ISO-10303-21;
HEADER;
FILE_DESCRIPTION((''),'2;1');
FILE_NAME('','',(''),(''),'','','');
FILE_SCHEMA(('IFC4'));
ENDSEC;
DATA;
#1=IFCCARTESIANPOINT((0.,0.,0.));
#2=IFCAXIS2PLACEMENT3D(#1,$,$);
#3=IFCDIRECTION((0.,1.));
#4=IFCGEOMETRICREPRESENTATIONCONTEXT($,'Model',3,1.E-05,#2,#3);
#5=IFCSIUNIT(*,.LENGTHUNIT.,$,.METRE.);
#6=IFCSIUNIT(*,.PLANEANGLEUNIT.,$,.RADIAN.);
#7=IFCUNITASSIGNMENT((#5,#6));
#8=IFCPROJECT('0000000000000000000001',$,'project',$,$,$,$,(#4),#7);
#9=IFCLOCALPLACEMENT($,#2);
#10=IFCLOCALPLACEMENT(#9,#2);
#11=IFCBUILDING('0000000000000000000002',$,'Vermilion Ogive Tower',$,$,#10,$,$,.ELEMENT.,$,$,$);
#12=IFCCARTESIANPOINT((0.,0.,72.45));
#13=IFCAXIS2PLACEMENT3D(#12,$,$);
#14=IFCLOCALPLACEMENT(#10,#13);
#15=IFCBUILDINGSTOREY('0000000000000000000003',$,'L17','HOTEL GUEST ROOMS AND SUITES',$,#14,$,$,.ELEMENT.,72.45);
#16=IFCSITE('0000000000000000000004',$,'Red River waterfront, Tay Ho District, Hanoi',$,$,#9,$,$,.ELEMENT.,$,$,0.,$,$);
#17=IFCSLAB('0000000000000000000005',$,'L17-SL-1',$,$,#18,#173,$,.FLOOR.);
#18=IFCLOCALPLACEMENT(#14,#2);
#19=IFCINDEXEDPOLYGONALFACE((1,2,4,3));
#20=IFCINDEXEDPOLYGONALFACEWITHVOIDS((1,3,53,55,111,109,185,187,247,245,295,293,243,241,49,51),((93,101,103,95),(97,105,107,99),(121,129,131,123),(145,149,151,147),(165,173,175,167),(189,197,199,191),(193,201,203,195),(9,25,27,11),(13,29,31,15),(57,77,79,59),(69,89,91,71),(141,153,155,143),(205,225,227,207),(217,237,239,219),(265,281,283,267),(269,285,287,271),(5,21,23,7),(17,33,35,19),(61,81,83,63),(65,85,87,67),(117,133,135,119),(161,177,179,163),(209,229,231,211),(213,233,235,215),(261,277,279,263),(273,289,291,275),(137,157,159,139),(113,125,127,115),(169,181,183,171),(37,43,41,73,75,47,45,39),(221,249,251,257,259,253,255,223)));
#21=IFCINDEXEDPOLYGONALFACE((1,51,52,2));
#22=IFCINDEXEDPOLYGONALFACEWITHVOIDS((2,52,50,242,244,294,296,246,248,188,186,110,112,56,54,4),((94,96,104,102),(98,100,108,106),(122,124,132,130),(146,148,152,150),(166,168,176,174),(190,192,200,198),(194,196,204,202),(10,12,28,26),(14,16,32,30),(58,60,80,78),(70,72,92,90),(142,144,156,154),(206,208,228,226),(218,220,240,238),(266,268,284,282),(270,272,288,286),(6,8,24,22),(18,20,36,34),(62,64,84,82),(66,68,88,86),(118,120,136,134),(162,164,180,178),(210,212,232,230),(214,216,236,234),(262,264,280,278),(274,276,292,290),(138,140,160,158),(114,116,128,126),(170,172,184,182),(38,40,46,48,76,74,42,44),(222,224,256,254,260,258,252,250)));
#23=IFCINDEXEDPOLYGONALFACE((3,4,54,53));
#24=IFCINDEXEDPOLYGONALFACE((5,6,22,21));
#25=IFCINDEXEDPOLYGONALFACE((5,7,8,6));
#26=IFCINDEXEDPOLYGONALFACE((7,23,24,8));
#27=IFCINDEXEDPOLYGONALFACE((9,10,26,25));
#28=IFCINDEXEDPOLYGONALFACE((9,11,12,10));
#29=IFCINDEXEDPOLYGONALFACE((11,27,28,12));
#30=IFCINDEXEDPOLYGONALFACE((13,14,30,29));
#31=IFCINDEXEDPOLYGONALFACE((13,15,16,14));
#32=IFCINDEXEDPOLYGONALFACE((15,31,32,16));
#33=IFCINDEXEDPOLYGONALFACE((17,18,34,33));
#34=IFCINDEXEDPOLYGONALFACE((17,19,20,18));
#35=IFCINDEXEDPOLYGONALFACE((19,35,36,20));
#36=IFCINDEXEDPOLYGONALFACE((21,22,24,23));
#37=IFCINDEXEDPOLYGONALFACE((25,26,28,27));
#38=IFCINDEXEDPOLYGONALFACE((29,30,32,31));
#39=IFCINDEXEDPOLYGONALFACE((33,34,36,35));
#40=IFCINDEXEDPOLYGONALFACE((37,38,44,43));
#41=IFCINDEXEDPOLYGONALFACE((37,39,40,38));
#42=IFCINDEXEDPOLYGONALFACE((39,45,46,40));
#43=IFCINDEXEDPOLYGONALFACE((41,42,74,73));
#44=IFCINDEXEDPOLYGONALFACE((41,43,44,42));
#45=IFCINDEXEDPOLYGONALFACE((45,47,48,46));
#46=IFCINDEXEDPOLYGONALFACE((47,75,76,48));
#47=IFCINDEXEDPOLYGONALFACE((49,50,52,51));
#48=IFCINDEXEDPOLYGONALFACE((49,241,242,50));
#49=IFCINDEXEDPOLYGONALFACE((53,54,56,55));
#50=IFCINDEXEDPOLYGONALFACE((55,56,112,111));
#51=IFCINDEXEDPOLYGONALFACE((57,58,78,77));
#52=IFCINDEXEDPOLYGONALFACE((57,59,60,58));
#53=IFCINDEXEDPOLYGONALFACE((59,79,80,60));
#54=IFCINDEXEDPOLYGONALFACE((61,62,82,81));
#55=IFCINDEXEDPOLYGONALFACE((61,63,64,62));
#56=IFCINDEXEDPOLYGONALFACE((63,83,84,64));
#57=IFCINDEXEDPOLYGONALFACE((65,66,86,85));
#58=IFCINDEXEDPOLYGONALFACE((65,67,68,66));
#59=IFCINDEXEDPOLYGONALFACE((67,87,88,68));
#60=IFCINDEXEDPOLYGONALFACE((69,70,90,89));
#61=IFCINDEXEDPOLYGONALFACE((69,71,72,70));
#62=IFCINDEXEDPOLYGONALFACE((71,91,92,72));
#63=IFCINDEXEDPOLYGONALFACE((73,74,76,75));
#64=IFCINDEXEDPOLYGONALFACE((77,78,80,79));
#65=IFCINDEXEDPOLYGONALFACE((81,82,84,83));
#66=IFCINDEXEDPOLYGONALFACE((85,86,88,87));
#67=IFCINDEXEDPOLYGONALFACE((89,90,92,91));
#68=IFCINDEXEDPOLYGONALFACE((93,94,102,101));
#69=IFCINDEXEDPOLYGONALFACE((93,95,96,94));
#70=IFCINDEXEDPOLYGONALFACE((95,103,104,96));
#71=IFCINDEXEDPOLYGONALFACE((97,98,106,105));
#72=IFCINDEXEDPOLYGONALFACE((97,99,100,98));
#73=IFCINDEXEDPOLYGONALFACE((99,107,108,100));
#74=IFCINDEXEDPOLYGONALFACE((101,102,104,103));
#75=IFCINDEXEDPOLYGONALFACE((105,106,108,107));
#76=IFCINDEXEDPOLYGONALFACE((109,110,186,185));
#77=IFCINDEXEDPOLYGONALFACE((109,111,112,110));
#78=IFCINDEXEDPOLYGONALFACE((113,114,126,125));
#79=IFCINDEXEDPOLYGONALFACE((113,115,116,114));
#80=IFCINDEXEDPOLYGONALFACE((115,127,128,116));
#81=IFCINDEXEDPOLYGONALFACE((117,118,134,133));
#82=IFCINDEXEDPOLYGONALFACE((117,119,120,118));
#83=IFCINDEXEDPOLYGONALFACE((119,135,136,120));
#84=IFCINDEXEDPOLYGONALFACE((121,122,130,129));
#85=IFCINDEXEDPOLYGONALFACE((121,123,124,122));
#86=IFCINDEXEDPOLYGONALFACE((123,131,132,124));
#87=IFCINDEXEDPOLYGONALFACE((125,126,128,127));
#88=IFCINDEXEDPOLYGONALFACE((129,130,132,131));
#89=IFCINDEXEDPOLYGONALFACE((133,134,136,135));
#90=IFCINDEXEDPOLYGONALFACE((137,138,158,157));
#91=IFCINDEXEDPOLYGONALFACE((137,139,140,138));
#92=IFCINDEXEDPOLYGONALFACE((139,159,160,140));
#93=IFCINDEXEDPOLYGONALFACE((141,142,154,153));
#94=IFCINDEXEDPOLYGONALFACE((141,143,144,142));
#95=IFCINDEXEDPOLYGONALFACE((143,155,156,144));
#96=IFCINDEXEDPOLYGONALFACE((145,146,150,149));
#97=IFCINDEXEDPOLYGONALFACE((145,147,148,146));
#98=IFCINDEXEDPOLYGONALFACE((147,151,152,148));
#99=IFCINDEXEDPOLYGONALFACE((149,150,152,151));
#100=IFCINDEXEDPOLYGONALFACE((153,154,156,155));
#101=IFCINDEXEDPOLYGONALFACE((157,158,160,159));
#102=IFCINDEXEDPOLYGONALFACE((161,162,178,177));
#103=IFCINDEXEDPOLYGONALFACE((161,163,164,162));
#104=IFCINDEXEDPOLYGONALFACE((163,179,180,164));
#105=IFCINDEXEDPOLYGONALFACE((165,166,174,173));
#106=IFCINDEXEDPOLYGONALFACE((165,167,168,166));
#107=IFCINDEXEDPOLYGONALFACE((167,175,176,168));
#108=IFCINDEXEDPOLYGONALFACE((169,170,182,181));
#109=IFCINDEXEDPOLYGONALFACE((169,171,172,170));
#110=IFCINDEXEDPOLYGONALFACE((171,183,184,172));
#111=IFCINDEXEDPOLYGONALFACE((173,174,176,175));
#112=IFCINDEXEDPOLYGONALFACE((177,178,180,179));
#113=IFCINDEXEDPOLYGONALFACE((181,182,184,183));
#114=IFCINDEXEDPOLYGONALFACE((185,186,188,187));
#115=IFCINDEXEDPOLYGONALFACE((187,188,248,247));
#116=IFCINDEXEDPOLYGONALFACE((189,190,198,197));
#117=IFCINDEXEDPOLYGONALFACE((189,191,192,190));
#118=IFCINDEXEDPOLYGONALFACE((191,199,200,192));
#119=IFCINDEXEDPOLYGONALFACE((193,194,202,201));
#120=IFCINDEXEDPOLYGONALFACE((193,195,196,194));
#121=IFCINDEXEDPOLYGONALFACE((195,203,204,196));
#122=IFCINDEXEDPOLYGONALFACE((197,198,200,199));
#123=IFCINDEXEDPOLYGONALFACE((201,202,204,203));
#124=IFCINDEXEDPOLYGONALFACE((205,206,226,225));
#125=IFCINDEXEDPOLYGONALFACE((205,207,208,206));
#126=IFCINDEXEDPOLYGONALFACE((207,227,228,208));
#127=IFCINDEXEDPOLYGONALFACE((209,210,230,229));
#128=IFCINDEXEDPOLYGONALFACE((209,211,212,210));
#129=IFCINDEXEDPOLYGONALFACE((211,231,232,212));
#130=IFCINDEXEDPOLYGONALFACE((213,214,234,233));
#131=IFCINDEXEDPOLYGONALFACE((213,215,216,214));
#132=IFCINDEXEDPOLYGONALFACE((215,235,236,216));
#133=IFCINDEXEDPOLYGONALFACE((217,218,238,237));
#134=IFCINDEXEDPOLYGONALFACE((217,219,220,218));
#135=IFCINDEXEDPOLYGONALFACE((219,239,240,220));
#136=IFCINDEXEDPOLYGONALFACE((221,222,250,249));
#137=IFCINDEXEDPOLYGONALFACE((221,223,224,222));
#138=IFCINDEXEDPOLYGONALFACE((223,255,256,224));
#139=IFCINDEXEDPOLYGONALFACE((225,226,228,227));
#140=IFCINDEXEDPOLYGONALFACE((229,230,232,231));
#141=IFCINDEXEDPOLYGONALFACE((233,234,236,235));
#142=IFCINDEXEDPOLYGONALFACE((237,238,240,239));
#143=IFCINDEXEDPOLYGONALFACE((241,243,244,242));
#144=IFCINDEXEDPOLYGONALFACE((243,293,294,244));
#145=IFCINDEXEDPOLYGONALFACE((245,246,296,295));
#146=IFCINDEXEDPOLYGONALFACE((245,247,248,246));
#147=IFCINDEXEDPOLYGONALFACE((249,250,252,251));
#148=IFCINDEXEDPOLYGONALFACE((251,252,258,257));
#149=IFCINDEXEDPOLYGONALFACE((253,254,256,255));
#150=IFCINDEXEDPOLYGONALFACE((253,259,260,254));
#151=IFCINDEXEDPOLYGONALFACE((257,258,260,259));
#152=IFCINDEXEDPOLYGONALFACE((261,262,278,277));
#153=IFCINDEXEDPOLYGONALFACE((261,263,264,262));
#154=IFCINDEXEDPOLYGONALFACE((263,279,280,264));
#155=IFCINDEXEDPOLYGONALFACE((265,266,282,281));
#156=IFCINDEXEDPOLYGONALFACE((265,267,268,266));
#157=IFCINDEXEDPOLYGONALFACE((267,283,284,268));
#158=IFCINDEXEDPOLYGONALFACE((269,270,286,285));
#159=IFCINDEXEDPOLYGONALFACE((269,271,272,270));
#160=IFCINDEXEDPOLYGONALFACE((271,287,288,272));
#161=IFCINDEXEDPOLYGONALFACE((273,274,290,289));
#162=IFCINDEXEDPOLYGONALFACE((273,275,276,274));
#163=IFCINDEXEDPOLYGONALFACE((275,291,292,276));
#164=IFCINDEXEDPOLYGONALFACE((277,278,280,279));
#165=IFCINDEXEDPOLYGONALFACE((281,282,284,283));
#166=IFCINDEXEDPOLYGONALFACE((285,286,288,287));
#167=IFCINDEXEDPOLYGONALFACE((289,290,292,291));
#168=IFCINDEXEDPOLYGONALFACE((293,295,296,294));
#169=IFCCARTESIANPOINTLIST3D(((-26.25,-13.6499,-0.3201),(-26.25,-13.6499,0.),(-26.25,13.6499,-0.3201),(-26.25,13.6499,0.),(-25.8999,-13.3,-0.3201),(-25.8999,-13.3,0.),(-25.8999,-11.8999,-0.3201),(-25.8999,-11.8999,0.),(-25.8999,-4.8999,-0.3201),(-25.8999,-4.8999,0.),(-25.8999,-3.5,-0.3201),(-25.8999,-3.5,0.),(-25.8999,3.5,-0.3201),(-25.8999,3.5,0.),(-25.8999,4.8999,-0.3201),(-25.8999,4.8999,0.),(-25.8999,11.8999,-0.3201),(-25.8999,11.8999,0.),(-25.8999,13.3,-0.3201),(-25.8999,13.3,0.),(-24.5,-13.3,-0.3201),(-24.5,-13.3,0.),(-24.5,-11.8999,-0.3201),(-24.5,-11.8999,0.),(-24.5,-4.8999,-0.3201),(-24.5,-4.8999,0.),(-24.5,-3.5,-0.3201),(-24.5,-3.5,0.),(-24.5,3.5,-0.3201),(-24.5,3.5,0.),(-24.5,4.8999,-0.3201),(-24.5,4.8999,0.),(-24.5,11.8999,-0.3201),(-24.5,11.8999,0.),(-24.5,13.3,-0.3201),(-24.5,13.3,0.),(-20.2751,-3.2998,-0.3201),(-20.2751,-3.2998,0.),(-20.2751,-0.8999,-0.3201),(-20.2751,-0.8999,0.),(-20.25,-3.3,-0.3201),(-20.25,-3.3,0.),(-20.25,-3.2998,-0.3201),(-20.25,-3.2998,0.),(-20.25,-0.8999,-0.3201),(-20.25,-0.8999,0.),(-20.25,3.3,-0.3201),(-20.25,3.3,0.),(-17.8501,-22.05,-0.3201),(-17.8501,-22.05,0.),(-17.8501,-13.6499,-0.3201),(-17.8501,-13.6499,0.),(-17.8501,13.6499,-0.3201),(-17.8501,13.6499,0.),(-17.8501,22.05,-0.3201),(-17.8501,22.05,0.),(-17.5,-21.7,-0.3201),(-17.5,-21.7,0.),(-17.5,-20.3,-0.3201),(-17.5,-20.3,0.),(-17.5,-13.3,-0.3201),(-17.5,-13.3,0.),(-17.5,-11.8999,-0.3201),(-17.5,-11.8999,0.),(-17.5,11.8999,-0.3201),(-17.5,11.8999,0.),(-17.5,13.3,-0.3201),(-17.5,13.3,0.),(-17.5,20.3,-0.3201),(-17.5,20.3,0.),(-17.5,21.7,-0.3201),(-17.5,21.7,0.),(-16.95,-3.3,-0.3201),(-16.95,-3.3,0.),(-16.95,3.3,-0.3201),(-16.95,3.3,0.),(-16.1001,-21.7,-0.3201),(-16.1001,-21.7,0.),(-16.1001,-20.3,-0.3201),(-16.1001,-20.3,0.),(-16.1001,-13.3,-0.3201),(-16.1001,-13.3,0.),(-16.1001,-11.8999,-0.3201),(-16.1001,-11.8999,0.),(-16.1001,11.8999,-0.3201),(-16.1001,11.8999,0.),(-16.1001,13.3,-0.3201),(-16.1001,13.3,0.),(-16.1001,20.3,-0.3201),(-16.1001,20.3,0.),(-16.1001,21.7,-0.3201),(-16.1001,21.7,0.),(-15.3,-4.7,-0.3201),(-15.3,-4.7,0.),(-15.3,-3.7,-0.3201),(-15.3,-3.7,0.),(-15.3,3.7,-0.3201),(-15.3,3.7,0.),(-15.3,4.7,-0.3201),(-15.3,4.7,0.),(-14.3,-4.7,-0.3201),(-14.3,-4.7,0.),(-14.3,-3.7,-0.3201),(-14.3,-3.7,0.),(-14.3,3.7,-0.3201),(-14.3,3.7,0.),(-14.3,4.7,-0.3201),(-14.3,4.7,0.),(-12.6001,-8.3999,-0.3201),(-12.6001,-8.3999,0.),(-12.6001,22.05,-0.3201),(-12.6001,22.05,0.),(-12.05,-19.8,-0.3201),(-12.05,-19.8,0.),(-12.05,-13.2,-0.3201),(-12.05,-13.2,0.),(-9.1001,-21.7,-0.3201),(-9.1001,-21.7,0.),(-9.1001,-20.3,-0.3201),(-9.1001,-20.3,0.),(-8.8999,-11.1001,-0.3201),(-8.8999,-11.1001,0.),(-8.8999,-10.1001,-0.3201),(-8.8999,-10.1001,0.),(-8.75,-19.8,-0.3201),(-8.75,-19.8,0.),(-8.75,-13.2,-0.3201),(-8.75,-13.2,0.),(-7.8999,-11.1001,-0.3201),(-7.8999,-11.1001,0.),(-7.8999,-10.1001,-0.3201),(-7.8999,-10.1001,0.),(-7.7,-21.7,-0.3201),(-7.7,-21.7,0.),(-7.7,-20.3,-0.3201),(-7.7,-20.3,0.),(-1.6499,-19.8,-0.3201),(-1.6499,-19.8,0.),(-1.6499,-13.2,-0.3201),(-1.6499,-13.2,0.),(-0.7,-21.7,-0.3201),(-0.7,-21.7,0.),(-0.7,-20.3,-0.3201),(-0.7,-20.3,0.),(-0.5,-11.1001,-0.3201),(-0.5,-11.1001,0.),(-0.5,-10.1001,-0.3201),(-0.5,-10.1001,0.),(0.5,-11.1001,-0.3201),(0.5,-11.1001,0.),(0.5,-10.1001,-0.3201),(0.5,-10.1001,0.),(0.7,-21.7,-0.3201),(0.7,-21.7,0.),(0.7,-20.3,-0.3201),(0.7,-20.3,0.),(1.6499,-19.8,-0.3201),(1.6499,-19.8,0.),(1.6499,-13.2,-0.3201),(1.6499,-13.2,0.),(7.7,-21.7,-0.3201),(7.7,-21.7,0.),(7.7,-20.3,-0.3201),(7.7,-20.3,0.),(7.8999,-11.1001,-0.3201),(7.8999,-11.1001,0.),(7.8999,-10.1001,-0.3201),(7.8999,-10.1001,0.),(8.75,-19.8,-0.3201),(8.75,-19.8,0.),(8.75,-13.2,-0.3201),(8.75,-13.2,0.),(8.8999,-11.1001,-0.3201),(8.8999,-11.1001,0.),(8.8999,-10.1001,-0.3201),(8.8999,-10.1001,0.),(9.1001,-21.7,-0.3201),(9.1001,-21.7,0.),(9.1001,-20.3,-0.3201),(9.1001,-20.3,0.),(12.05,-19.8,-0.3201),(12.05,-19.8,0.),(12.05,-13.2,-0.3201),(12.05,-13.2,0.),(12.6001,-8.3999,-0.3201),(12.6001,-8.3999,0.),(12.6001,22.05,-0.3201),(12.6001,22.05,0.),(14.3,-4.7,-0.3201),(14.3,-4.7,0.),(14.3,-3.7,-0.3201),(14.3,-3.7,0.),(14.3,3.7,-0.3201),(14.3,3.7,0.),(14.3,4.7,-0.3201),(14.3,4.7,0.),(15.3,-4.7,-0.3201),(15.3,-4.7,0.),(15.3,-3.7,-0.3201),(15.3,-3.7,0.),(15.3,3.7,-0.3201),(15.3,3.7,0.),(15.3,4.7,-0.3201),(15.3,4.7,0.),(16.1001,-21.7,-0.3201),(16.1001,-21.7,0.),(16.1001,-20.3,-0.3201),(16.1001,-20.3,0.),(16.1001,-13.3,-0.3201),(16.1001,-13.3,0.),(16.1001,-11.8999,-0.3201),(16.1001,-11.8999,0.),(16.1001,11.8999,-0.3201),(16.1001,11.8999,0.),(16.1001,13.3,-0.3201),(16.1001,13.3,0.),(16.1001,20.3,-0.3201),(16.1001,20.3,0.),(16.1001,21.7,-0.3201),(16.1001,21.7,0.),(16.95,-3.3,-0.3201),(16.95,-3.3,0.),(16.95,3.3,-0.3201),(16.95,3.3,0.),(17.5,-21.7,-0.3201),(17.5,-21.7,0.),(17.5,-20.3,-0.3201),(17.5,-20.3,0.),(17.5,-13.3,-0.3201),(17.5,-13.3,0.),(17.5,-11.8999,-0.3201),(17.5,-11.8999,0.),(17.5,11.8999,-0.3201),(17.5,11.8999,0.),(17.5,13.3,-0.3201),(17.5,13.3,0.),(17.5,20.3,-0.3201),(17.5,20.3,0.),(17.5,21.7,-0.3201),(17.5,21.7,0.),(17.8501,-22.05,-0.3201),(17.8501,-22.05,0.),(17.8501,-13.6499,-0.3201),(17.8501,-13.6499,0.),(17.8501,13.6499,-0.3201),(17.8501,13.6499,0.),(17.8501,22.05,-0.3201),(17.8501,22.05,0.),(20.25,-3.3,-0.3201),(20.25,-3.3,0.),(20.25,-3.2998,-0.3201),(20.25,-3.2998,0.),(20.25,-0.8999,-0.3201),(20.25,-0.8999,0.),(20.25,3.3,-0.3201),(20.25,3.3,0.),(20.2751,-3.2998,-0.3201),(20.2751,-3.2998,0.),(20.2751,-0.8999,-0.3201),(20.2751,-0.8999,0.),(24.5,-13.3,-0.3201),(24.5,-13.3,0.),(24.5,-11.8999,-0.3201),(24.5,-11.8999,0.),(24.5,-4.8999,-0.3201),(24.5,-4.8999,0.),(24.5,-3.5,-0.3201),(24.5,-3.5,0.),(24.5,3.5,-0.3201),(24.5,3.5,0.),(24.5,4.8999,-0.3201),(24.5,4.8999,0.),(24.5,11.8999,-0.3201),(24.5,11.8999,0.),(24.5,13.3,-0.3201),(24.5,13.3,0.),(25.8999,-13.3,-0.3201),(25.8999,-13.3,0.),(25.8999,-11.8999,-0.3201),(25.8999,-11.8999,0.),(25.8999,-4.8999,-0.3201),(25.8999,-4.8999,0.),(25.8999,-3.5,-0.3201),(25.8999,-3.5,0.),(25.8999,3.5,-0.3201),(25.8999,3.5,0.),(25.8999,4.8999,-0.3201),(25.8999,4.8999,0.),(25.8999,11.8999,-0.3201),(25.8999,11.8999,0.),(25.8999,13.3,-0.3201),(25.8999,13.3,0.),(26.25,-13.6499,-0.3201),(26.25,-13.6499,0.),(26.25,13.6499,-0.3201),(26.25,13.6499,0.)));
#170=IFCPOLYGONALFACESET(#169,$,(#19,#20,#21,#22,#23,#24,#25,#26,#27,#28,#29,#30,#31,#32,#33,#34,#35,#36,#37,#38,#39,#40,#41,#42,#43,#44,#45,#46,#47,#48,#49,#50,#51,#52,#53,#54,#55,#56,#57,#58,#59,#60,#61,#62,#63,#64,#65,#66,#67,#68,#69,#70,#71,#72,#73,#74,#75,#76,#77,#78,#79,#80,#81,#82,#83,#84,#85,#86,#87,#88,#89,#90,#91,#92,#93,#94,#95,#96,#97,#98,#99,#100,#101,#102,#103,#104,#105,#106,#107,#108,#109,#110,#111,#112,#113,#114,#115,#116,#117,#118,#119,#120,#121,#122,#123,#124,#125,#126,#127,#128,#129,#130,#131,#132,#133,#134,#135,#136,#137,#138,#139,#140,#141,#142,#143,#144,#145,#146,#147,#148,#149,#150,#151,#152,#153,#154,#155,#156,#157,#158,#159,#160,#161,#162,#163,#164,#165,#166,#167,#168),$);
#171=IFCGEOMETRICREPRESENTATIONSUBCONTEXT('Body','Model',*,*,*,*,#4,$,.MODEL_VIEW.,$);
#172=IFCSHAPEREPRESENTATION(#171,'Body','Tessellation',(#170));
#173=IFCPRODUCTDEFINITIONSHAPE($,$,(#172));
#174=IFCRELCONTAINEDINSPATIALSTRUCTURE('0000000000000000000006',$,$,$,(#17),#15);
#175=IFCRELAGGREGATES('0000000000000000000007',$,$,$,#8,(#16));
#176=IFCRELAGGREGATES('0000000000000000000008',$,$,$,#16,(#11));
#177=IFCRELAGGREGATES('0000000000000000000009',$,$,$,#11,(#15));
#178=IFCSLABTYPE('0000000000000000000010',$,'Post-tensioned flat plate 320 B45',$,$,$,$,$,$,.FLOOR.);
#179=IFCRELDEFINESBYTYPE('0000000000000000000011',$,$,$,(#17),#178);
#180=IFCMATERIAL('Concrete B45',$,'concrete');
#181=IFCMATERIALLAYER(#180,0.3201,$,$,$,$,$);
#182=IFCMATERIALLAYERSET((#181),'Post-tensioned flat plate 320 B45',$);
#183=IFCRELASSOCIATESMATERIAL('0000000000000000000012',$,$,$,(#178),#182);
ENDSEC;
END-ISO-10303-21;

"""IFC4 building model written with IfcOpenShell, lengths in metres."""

from ifc_helpers import new_model, si_unit, direction, frame, origin, place, context, subcontext, project, spatial, polyline, outline, extrude, material, layer, layer_set, type_object, element, save


model = new_model("IFC4")

# Units and contexts
model_context = context("Model", 3, precision=1e-05, world=origin(), true_north=direction((0.0, 1.0)))
body_context = subcontext(model_context, "Body", "Model", "MODEL_VIEW")
ifc_project = project(units=[si_unit("LENGTHUNIT", "METRE"), si_unit("PLANEANGLEUNIT", "RADIAN")], contexts=[model_context])

# Site, building, storey
site_placement = place(None, origin())
site = spatial("IfcSite", under=ifc_project, at=site_placement, Name="Red River waterfront, Tay Ho District, Hanoi", CompositionType="ELEMENT", RefElevation=0.0)
building_placement = place(site_placement, origin())
building = spatial("IfcBuilding", under=site, at=building_placement, Name="Vermilion Ogive Tower", CompositionType="ELEMENT")
storey_placement = place(building_placement, frame((0.0, 0.0, 72.45)))
storey = spatial("IfcBuildingStorey", under=building, at=storey_placement, Name="L17", Description="HOTEL GUEST ROOMS AND SUITES", CompositionType="ELEMENT", Elevation=72.45)

# Slab
ifc_material_1 = material(Name="Concrete B45", Category="concrete")
ifc_layer_1 = layer(ifc_material_1, 0.3201)
ifc_layer_set_1 = layer_set([ifc_layer_1], Name="Post-tensioned flat plate 320 B45")
slab_type_1 = type_object("IfcSlabType", Name="Post-tensioned flat plate 320 B45", PredefinedType="FLOOR", material=ifc_layer_set_1)
slab_1_placement = place(storey_placement, frame((0.0, 0.0, -0.3201)))
element("IfcSlab", 1, at=slab_1_placement, inside=storey, type_object=slab_type_1, Name="L17-SL-1", PredefinedType="FLOOR", context=body_context, shape_type="SweptSolid", body=[
    extrude(outline(polyline([(-26.25, 13.6499), (-26.25, -13.6499), (-17.8501, -13.6499), (-17.8501, -22.05), (17.8501, -22.05), (17.8501, -13.6499), (26.25, -13.6499), (26.25, 13.6499), (17.8501, 13.6499), (17.8501, 22.05), (12.6001, 22.05), (12.6001, -8.3999), (-12.6001, -8.3999), (-12.6001, 22.05), (-17.8501, 22.05), (-17.8501, 13.6499), (-26.25, 13.6499)]), holes=[polyline([(24.5, -3.5), (25.8999, -3.5), (25.8999, -4.8999), (24.5, -4.8999), (24.5, -3.5)]), polyline([(24.5, -11.8999), (25.8999, -11.8999), (25.8999, -13.3), (24.5, -13.3), (24.5, -11.8999)]), polyline([(25.8999, 13.3), (25.8999, 11.8999), (24.5, 11.8999), (24.5, 13.3), (25.8999, 13.3)]), polyline([(25.8999, 4.8999), (25.8999, 3.5), (24.5, 3.5), (24.5, 4.8999), (25.8999, 4.8999)]), polyline([(20.2751, -3.2998), (20.25, -3.2998), (20.25, -3.3), (16.95, -3.3), (16.95, 3.3), (20.25, 3.3), (20.25, -0.8999), (20.2751, -0.8999), (20.2751, -3.2998)]), polyline([(16.1001, -11.8999), (17.5, -11.8999), (17.5, -13.3), (16.1001, -13.3), (16.1001, -11.8999)]), polyline([(17.5, 21.7), (17.5, 20.3), (16.1001, 20.3), (16.1001, 21.7), (17.5, 21.7)]), polyline([(16.1001, -20.3), (17.5, -20.3), (17.5, -21.7), (16.1001, -21.7), (16.1001, -20.3)]), polyline([(16.1001, 13.3), (17.5, 13.3), (17.5, 11.8999), (16.1001, 11.8999), (16.1001, 13.3)]), polyline([(14.3, 4.7), (15.3, 4.7), (15.3, 3.7), (14.3, 3.7), (14.3, 4.7)]), polyline([(15.3, -3.7), (15.3, -4.7), (14.3, -4.7), (14.3, -3.7), (15.3, -3.7)]), polyline([(8.75, -13.2), (12.05, -13.2), (12.05, -19.8), (8.75, -19.8), (8.75, -13.2)]), polyline([(7.7, -20.3), (9.1001, -20.3), (9.1001, -21.7), (7.7, -21.7), (7.7, -20.3)]), polyline([(8.8999, -10.1001), (8.8999, -11.1001), (7.8999, -11.1001), (7.8999, -10.1001), (8.8999, -10.1001)]), polyline([(-1.6499, -13.2), (1.6499, -13.2), (1.6499, -19.8), (-1.6499, -19.8), (-1.6499, -13.2)]), polyline([(-0.7, -20.3), (0.7, -20.3), (0.7, -21.7), (-0.7, -21.7), (-0.7, -20.3)]), polyline([(-0.5, -10.1001), (0.5, -10.1001), (0.5, -11.1001), (-0.5, -11.1001), (-0.5, -10.1001)]), polyline([(-9.1001, -20.3), (-7.7, -20.3), (-7.7, -21.7), (-9.1001, -21.7), (-9.1001, -20.3)]), polyline([(-8.8999, -10.1001), (-7.8999, -10.1001), (-7.8999, -11.1001), (-8.8999, -11.1001), (-8.8999, -10.1001)]), polyline([(-12.05, -13.2), (-8.75, -13.2), (-8.75, -19.8), (-12.05, -19.8), (-12.05, -13.2)]), polyline([(-15.3, 4.7), (-14.3, 4.7), (-14.3, 3.7), (-15.3, 3.7), (-15.3, 4.7)]), polyline([(-14.3, -3.7), (-14.3, -4.7), (-15.3, -4.7), (-15.3, -3.7), (-14.3, -3.7)]), polyline([(-17.5, 13.3), (-16.1001, 13.3), (-16.1001, 11.8999), (-17.5, 11.8999), (-17.5, 13.3)]), polyline([(-17.5, -11.8999), (-16.1001, -11.8999), (-16.1001, -13.3), (-17.5, -13.3), (-17.5, -11.8999)]), polyline([(-17.5, -20.3), (-16.1001, -20.3), (-16.1001, -21.7), (-17.5, -21.7), (-17.5, -20.3)]), polyline([(-16.1001, 21.7), (-16.1001, 20.3), (-17.5, 20.3), (-17.5, 21.7), (-16.1001, 21.7)]), polyline([(-20.25, -3.3), (-20.25, -3.2998), (-20.2751, -3.2998), (-20.2751, -0.8999), (-20.25, -0.8999), (-20.25, 3.3), (-16.95, 3.3), (-16.95, -3.3), (-20.25, -3.3)]), polyline([(-24.5, 4.8999), (-24.5, 3.5), (-25.8999, 3.5), (-25.8999, 4.8999), (-24.5, 4.8999)]), polyline([(-25.8999, 13.3), (-24.5, 13.3), (-24.5, 11.8999), (-25.8999, 11.8999), (-25.8999, 13.3)]), polyline([(-25.8999, -3.5), (-24.5, -3.5), (-24.5, -4.8999), (-25.8999, -4.8999), (-25.8999, -3.5)]), polyline([(-25.8999, -11.8999), (-24.5, -11.8999), (-24.5, -13.3), (-25.8999, -13.3), (-25.8999, -11.8999)])]), origin(), (0.0, 0.0, 1.0), 0.3201),
])

save(model, "model.ifc")
